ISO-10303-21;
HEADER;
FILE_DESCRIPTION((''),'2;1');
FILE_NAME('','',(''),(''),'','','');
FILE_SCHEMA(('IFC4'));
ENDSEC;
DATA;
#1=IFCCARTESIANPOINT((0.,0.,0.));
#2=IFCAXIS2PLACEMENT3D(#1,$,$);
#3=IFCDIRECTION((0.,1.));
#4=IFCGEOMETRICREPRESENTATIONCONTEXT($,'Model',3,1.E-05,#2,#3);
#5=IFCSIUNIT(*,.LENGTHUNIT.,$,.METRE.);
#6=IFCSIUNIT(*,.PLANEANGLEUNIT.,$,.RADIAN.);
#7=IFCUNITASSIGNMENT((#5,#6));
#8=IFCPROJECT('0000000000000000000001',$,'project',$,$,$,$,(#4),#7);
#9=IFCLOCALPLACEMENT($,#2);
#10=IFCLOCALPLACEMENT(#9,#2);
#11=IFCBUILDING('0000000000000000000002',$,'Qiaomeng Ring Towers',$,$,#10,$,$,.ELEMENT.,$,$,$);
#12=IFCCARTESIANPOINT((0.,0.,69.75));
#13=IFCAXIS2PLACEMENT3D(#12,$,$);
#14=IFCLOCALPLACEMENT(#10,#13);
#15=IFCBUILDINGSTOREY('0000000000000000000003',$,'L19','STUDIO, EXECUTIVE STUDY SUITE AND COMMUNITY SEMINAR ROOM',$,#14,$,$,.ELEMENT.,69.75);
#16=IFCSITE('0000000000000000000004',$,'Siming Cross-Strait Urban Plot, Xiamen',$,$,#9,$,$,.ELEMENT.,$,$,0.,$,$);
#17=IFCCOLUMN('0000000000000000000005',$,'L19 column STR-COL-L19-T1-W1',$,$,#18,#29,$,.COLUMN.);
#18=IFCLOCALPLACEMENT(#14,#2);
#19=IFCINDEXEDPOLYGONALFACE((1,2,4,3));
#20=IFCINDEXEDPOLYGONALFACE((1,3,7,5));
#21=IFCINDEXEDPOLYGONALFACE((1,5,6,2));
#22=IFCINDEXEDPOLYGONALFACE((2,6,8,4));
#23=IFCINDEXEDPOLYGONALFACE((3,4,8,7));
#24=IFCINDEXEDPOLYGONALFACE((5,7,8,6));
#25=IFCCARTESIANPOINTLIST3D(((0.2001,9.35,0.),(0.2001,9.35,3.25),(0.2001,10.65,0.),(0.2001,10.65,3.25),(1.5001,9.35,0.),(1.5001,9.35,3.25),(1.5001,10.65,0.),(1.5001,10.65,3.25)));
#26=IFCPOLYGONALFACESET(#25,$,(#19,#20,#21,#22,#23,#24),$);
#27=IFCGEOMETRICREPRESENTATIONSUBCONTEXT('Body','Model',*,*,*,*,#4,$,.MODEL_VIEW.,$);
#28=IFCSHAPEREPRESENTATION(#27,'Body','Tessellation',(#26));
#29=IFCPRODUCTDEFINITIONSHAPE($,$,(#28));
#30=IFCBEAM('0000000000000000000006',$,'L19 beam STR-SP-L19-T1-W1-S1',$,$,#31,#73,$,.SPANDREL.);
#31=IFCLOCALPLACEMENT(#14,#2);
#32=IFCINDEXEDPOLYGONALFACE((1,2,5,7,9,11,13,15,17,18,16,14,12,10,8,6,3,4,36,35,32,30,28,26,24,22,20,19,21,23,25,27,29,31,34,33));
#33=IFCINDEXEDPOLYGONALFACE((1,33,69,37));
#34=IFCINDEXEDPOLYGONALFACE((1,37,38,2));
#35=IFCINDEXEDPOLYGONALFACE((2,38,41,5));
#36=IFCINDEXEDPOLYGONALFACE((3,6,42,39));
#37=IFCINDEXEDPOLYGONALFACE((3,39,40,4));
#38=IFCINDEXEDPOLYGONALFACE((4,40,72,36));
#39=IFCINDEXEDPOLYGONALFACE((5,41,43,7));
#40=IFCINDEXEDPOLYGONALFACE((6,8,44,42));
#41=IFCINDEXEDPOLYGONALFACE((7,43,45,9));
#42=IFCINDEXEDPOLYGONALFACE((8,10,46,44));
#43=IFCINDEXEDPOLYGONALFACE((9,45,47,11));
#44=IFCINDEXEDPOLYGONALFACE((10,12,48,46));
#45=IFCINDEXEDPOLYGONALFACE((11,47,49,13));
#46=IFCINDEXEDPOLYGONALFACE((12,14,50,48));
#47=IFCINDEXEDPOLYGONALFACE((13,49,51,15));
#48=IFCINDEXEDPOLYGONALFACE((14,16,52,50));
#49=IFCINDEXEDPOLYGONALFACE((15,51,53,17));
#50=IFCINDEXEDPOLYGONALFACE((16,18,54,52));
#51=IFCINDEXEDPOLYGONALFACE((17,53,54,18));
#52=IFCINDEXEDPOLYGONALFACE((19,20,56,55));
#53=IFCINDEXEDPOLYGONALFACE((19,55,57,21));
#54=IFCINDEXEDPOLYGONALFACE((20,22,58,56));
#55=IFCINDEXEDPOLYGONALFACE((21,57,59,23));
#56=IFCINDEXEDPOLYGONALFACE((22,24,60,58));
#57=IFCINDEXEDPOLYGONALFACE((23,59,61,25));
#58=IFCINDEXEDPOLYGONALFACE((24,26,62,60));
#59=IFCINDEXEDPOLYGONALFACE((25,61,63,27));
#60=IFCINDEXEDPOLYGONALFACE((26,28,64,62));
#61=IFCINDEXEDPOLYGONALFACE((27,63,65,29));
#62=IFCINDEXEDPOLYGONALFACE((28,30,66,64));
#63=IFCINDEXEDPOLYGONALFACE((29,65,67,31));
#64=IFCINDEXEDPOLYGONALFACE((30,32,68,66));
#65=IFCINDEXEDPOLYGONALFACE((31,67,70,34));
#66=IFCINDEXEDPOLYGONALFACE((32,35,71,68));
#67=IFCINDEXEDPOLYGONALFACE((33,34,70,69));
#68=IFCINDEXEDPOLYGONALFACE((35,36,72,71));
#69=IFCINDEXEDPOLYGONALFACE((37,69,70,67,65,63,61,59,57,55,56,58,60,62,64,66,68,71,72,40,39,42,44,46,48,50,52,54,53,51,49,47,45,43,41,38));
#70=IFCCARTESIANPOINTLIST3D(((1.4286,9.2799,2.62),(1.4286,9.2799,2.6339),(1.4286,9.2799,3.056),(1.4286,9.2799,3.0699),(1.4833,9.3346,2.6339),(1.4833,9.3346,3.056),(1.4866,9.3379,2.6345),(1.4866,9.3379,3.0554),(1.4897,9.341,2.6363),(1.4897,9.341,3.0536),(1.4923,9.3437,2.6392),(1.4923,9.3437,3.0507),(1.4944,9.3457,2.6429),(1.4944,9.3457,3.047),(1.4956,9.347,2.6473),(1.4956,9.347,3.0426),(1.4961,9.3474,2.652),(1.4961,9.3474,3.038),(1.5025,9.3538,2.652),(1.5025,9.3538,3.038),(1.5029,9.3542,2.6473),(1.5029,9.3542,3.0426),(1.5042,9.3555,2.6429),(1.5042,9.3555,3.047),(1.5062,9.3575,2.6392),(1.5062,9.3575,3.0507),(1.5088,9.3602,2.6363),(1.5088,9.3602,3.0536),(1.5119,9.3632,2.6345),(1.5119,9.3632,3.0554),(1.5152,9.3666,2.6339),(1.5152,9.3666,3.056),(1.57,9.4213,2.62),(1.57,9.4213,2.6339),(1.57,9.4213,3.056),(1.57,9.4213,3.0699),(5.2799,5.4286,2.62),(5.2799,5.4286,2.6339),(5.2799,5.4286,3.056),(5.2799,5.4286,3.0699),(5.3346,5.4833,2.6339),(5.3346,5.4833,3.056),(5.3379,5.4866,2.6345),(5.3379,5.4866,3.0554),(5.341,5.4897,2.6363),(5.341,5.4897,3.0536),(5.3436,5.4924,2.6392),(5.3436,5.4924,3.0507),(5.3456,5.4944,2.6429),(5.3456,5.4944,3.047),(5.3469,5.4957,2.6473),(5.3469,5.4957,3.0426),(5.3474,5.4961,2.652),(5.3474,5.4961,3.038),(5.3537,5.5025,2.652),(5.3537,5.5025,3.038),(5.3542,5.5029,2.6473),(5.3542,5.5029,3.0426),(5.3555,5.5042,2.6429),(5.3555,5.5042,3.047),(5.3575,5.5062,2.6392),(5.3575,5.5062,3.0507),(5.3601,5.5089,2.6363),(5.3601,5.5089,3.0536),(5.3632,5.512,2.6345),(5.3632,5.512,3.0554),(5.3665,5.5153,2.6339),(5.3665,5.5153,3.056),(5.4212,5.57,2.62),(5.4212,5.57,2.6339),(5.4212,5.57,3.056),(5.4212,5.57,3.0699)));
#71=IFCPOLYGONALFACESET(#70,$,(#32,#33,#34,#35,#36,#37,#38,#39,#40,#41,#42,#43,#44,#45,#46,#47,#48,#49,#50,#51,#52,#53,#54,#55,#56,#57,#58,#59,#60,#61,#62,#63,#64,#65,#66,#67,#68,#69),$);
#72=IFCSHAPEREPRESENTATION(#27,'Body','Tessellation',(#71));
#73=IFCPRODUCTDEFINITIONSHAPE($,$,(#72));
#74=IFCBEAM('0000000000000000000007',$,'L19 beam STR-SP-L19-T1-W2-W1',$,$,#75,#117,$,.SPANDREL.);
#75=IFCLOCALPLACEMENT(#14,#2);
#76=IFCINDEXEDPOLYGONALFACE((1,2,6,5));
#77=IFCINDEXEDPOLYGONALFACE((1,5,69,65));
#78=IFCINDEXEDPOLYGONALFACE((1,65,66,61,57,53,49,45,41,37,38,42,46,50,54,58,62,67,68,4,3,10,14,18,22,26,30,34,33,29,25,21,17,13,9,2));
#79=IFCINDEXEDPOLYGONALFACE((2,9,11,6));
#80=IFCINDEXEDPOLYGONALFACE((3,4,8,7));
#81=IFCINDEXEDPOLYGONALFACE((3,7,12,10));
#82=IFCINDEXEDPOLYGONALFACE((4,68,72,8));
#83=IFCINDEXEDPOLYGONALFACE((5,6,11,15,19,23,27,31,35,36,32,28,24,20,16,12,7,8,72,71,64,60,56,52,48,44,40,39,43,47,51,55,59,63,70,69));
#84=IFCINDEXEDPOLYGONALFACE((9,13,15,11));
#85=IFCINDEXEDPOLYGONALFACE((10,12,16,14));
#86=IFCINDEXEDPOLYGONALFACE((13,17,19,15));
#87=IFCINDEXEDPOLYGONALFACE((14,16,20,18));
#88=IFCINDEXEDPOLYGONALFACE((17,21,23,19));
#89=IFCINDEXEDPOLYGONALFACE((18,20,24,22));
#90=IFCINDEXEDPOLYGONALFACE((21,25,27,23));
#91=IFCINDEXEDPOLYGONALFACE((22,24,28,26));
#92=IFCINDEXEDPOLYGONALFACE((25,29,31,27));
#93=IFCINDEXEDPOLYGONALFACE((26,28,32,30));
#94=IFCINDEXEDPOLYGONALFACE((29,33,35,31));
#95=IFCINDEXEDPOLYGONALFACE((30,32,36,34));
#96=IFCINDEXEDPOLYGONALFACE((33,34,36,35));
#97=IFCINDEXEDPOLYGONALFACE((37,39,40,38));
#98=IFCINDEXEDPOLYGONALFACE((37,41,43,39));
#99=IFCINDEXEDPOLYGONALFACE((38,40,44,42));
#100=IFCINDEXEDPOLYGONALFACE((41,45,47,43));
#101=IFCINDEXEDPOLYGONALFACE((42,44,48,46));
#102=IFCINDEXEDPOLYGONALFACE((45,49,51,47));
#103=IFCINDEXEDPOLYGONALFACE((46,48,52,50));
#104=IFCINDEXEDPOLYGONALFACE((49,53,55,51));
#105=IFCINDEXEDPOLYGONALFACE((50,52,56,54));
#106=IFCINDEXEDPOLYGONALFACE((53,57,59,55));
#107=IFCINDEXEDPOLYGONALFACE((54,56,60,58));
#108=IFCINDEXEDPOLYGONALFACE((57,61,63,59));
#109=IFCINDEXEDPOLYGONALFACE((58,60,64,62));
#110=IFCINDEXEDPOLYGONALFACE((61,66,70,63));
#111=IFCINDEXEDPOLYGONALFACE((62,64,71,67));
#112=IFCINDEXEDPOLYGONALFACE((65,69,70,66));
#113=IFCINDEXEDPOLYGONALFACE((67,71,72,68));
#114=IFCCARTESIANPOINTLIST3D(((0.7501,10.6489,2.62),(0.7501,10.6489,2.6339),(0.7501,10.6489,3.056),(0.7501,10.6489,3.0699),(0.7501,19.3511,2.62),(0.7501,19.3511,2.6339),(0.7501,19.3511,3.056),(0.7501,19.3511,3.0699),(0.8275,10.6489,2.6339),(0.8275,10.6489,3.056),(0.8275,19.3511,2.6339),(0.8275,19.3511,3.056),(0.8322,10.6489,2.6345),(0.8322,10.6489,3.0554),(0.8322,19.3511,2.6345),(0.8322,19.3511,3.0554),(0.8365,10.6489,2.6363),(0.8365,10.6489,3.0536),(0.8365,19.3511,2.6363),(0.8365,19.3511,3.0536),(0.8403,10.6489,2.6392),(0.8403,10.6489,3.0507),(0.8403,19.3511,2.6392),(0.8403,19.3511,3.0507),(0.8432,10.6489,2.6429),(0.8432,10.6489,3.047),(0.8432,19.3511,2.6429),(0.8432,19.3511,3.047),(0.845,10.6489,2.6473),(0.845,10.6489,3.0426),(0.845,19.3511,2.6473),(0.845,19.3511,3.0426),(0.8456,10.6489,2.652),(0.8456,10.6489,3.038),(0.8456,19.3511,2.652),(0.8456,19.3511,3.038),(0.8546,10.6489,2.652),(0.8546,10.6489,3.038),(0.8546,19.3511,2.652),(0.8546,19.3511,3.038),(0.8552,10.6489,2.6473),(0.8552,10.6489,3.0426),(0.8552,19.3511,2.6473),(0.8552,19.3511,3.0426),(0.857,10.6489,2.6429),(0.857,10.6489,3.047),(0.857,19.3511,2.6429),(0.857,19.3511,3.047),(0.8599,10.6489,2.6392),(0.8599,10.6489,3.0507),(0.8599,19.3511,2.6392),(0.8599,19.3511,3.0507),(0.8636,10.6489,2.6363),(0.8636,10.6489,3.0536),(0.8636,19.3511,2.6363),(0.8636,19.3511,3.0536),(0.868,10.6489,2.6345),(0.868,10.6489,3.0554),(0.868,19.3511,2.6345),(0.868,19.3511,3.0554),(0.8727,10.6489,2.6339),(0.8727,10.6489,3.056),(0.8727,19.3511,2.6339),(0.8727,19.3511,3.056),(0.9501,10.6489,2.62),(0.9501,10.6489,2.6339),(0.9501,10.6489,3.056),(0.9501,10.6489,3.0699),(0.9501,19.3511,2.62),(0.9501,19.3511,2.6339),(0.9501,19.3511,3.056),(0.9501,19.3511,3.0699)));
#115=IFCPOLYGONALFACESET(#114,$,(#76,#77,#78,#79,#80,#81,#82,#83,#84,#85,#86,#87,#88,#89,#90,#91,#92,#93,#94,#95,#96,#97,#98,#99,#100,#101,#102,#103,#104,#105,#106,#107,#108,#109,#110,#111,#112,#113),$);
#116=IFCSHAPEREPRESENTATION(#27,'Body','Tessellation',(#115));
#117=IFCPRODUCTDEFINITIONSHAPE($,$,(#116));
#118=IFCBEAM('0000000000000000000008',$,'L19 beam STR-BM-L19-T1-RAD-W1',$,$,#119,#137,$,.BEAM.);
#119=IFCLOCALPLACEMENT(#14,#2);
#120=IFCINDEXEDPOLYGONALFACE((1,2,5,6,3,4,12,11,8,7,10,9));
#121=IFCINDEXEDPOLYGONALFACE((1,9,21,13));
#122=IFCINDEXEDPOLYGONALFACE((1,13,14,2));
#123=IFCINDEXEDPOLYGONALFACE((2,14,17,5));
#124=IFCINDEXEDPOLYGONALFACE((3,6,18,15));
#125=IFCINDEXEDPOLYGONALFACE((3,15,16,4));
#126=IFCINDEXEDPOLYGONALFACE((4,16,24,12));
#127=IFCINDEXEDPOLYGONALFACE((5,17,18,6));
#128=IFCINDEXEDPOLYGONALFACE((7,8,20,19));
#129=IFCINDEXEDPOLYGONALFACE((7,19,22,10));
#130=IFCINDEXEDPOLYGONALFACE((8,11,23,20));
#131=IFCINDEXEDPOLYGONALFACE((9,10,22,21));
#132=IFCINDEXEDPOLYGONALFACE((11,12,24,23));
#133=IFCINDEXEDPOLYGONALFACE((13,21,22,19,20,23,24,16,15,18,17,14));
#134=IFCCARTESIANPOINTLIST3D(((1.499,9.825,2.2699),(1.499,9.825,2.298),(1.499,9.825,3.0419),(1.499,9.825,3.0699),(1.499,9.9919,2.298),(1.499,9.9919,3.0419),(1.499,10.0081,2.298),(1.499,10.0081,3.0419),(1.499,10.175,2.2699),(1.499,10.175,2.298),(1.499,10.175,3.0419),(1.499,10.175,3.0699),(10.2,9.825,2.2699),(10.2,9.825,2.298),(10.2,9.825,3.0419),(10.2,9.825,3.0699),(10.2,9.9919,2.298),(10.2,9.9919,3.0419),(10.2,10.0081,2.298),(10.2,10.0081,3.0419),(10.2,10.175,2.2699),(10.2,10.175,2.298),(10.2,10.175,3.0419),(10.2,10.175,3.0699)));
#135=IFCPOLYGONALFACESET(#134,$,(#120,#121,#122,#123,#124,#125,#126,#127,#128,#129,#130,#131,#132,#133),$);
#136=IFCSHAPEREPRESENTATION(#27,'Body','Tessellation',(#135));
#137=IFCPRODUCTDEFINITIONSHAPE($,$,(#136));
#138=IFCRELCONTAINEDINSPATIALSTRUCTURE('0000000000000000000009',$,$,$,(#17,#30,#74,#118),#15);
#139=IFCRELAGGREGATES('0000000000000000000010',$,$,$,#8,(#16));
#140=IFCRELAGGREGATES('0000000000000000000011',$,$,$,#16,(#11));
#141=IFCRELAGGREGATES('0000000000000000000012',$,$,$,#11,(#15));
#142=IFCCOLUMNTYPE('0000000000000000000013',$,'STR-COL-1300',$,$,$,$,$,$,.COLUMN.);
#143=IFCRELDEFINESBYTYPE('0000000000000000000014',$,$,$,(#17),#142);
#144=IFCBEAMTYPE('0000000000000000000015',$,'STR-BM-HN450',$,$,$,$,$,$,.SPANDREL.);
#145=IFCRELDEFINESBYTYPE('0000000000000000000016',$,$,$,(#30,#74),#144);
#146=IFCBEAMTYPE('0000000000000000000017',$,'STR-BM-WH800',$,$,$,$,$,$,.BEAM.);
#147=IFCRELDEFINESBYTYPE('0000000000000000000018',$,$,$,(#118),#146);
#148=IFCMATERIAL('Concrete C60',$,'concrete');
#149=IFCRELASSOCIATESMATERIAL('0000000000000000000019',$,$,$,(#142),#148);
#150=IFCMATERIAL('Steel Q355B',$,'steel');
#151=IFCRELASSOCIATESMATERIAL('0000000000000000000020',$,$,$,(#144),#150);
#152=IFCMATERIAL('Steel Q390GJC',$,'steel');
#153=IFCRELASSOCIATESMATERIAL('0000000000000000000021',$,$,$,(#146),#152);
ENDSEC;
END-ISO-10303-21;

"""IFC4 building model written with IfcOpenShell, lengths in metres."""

from ifc_helpers import new_model, si_unit, direction, frame, origin, origin_2d, place, context, subcontext, project, spatial, rectangle, i_section, extrude, source, transform, mapped, material, material_profile, profile_set, type_object, element, save


model = new_model("IFC4")

# Units and contexts
model_context = context("Model", 3, precision=1e-05, world=origin(), true_north=direction((0.0, 1.0)))
body_context = subcontext(model_context, "Body", "Model", "MODEL_VIEW")
ifc_project = project(units=[si_unit("LENGTHUNIT", "METRE"), si_unit("PLANEANGLEUNIT", "RADIAN")], contexts=[model_context])

# Site, building, storey
site_placement = place(None, origin())
site = spatial("IfcSite", under=ifc_project, at=site_placement, Name="Siming Cross-Strait Urban Plot, Xiamen", CompositionType="ELEMENT", RefElevation=0.0)
building_placement = place(site_placement, origin())
building = spatial("IfcBuilding", under=site, at=building_placement, Name="Qiaomeng Ring Towers", CompositionType="ELEMENT")
storey_placement = place(building_placement, frame((0.0, 0.0, 69.75)))
storey = spatial("IfcBuildingStorey", under=building, at=storey_placement, Name="L19", Description="STUDIO, EXECUTIVE STUDY SUITE AND COMMUNITY SEMINAR ROOM", CompositionType="ELEMENT", Elevation=69.75)

# Column
ifc_material_1 = material(Name="Concrete C60", Category="concrete")
ifc_material_profile_1 = material_profile(ifc_material_1, rectangle(XDim=1.3, YDim=1.3, at=origin_2d()), Name="RC COL 1300x1300")
ifc_profile_set_1 = profile_set([ifc_material_profile_1], Name="Concrete C60")
column_type = type_object("IfcColumnType", Name="STR-COL-1300", PredefinedType="COLUMN", material=ifc_profile_set_1)
shared_shape_1 = source(origin(), body_context, "Body", "SweptSolid", [
    extrude(rectangle(XDim=1.3, YDim=1.3, at=origin_2d()), origin(), (0.0, 0.0, 1.0), 3.25),
])
column_placement = place(storey_placement, frame((0.8501, 10.0, 0.0), z_axis=(0.0, 0.0, 1.0), x_axis=(1.0, 0.0, 0.0)))
element("IfcColumn", 1, at=column_placement, inside=storey, type_object=column_type, Name="L19 column STR-COL-L19-T1-W1", PredefinedType="COLUMN", context=body_context, shape_type="MappedRepresentation", body=[
    mapped(shared_shape_1, transform((0.0, 0.0, 0.0), x_axis=(1.0, 0.0, 0.0), y_axis=(0.0, 1.0, 0.0), z_axis=(0.0, 0.0, 1.0), scale=1.0)),
])

# Beams
ifc_material_2 = material(Name="Steel Q355B", Category="steel")
ifc_material_profile_2 = material_profile(ifc_material_2, i_section(OverallWidth=0.2, OverallDepth=0.45, WebThickness=0.009, FlangeThickness=0.0139, FilletRadius=0.0181, at=origin_2d()), Name="HN 450x200x9x14")
ifc_profile_set_2 = profile_set([ifc_material_profile_2], Name="Steel Q355B")
beam_type_1 = type_object("IfcBeamType", Name="STR-BM-HN450", PredefinedType="SPANDREL", material=ifc_profile_set_2)
shared_shape_2 = source(origin(), body_context, "Body", "SweptSolid", [
    extrude(i_section(OverallWidth=0.2, OverallDepth=0.45, WebThickness=0.009, FlangeThickness=0.0139, FilletRadius=0.0181, at=origin_2d()), origin(), (0.0, 0.0, 1.0), 5.4465),
])
beam_1_placement = place(storey_placement, frame((1.4993, 9.3506, 2.845), z_axis=(0.707107, -0.707107, 0.0), x_axis=(0.707107, 0.707107, 0.0)))
element("IfcBeam", 2, at=beam_1_placement, inside=storey, type_object=beam_type_1, Name="L19 beam STR-SP-L19-T1-W1-S1", PredefinedType="SPANDREL", context=body_context, shape_type="MappedRepresentation", body=[
    mapped(shared_shape_2, transform((0.0, 0.0, 0.0), x_axis=(1.0, 0.0, 0.0), y_axis=(0.0, 1.0, 0.0), z_axis=(0.0, 0.0, 1.0), scale=1.0)),
])
shared_shape_3 = source(origin(), body_context, "Body", "SweptSolid", [
    extrude(i_section(OverallWidth=0.2, OverallDepth=0.45, WebThickness=0.009, FlangeThickness=0.0139, FilletRadius=0.0181, at=origin_2d()), origin(), (0.0, 0.0, 1.0), 8.7021),
])
beam_2_placement = place(storey_placement, frame((0.8501, 19.3511, 2.845), z_axis=(0.0, -1.0, 0.0), x_axis=(1.0, 0.0, 0.0)))
element("IfcBeam", 3, at=beam_2_placement, inside=storey, type_object=beam_type_1, Name="L19 beam STR-SP-L19-T1-W2-W1", PredefinedType="SPANDREL", context=body_context, shape_type="MappedRepresentation", body=[
    mapped(shared_shape_3, transform((0.0, 0.0, 0.0), x_axis=(1.0, 0.0, 0.0), y_axis=(0.0, 1.0, 0.0), z_axis=(0.0, 0.0, 1.0), scale=1.0)),
])
ifc_material_3 = material(Name="Steel Q390GJC", Category="steel")
ifc_material_profile_3 = material_profile(ifc_material_3, i_section(OverallWidth=0.3501, OverallDepth=0.8, WebThickness=0.0161, FlangeThickness=0.0281, at=origin_2d()), Name="WH 800x350x16x28")
ifc_profile_set_3 = profile_set([ifc_material_profile_3], Name="Steel Q390GJC")
beam_type_2 = type_object("IfcBeamType", Name="STR-BM-WH800", PredefinedType="BEAM", material=ifc_profile_set_3)
shared_shape_4 = source(origin(), body_context, "Body", "SweptSolid", [
    extrude(i_section(OverallWidth=0.3501, OverallDepth=0.8, WebThickness=0.0161, FlangeThickness=0.0281, at=origin_2d()), origin(), (0.0, 0.0, 1.0), 8.7009),
])
beam_3_placement = place(storey_placement, frame((1.499, 10.0, 2.6699), z_axis=(1.0, 0.0, 0.0), x_axis=(0.0, 1.0, 0.0)))
element("IfcBeam", 4, at=beam_3_placement, inside=storey, type_object=beam_type_2, Name="L19 beam STR-BM-L19-T1-RAD-W1", PredefinedType="BEAM", context=body_context, shape_type="MappedRepresentation", body=[
    mapped(shared_shape_4, transform((0.0, 0.0, 0.0), x_axis=(1.0, 0.0, 0.0), y_axis=(0.0, 1.0, 0.0), z_axis=(0.0, 0.0, 1.0), scale=1.0)),
])

save(model, "model.ifc")
